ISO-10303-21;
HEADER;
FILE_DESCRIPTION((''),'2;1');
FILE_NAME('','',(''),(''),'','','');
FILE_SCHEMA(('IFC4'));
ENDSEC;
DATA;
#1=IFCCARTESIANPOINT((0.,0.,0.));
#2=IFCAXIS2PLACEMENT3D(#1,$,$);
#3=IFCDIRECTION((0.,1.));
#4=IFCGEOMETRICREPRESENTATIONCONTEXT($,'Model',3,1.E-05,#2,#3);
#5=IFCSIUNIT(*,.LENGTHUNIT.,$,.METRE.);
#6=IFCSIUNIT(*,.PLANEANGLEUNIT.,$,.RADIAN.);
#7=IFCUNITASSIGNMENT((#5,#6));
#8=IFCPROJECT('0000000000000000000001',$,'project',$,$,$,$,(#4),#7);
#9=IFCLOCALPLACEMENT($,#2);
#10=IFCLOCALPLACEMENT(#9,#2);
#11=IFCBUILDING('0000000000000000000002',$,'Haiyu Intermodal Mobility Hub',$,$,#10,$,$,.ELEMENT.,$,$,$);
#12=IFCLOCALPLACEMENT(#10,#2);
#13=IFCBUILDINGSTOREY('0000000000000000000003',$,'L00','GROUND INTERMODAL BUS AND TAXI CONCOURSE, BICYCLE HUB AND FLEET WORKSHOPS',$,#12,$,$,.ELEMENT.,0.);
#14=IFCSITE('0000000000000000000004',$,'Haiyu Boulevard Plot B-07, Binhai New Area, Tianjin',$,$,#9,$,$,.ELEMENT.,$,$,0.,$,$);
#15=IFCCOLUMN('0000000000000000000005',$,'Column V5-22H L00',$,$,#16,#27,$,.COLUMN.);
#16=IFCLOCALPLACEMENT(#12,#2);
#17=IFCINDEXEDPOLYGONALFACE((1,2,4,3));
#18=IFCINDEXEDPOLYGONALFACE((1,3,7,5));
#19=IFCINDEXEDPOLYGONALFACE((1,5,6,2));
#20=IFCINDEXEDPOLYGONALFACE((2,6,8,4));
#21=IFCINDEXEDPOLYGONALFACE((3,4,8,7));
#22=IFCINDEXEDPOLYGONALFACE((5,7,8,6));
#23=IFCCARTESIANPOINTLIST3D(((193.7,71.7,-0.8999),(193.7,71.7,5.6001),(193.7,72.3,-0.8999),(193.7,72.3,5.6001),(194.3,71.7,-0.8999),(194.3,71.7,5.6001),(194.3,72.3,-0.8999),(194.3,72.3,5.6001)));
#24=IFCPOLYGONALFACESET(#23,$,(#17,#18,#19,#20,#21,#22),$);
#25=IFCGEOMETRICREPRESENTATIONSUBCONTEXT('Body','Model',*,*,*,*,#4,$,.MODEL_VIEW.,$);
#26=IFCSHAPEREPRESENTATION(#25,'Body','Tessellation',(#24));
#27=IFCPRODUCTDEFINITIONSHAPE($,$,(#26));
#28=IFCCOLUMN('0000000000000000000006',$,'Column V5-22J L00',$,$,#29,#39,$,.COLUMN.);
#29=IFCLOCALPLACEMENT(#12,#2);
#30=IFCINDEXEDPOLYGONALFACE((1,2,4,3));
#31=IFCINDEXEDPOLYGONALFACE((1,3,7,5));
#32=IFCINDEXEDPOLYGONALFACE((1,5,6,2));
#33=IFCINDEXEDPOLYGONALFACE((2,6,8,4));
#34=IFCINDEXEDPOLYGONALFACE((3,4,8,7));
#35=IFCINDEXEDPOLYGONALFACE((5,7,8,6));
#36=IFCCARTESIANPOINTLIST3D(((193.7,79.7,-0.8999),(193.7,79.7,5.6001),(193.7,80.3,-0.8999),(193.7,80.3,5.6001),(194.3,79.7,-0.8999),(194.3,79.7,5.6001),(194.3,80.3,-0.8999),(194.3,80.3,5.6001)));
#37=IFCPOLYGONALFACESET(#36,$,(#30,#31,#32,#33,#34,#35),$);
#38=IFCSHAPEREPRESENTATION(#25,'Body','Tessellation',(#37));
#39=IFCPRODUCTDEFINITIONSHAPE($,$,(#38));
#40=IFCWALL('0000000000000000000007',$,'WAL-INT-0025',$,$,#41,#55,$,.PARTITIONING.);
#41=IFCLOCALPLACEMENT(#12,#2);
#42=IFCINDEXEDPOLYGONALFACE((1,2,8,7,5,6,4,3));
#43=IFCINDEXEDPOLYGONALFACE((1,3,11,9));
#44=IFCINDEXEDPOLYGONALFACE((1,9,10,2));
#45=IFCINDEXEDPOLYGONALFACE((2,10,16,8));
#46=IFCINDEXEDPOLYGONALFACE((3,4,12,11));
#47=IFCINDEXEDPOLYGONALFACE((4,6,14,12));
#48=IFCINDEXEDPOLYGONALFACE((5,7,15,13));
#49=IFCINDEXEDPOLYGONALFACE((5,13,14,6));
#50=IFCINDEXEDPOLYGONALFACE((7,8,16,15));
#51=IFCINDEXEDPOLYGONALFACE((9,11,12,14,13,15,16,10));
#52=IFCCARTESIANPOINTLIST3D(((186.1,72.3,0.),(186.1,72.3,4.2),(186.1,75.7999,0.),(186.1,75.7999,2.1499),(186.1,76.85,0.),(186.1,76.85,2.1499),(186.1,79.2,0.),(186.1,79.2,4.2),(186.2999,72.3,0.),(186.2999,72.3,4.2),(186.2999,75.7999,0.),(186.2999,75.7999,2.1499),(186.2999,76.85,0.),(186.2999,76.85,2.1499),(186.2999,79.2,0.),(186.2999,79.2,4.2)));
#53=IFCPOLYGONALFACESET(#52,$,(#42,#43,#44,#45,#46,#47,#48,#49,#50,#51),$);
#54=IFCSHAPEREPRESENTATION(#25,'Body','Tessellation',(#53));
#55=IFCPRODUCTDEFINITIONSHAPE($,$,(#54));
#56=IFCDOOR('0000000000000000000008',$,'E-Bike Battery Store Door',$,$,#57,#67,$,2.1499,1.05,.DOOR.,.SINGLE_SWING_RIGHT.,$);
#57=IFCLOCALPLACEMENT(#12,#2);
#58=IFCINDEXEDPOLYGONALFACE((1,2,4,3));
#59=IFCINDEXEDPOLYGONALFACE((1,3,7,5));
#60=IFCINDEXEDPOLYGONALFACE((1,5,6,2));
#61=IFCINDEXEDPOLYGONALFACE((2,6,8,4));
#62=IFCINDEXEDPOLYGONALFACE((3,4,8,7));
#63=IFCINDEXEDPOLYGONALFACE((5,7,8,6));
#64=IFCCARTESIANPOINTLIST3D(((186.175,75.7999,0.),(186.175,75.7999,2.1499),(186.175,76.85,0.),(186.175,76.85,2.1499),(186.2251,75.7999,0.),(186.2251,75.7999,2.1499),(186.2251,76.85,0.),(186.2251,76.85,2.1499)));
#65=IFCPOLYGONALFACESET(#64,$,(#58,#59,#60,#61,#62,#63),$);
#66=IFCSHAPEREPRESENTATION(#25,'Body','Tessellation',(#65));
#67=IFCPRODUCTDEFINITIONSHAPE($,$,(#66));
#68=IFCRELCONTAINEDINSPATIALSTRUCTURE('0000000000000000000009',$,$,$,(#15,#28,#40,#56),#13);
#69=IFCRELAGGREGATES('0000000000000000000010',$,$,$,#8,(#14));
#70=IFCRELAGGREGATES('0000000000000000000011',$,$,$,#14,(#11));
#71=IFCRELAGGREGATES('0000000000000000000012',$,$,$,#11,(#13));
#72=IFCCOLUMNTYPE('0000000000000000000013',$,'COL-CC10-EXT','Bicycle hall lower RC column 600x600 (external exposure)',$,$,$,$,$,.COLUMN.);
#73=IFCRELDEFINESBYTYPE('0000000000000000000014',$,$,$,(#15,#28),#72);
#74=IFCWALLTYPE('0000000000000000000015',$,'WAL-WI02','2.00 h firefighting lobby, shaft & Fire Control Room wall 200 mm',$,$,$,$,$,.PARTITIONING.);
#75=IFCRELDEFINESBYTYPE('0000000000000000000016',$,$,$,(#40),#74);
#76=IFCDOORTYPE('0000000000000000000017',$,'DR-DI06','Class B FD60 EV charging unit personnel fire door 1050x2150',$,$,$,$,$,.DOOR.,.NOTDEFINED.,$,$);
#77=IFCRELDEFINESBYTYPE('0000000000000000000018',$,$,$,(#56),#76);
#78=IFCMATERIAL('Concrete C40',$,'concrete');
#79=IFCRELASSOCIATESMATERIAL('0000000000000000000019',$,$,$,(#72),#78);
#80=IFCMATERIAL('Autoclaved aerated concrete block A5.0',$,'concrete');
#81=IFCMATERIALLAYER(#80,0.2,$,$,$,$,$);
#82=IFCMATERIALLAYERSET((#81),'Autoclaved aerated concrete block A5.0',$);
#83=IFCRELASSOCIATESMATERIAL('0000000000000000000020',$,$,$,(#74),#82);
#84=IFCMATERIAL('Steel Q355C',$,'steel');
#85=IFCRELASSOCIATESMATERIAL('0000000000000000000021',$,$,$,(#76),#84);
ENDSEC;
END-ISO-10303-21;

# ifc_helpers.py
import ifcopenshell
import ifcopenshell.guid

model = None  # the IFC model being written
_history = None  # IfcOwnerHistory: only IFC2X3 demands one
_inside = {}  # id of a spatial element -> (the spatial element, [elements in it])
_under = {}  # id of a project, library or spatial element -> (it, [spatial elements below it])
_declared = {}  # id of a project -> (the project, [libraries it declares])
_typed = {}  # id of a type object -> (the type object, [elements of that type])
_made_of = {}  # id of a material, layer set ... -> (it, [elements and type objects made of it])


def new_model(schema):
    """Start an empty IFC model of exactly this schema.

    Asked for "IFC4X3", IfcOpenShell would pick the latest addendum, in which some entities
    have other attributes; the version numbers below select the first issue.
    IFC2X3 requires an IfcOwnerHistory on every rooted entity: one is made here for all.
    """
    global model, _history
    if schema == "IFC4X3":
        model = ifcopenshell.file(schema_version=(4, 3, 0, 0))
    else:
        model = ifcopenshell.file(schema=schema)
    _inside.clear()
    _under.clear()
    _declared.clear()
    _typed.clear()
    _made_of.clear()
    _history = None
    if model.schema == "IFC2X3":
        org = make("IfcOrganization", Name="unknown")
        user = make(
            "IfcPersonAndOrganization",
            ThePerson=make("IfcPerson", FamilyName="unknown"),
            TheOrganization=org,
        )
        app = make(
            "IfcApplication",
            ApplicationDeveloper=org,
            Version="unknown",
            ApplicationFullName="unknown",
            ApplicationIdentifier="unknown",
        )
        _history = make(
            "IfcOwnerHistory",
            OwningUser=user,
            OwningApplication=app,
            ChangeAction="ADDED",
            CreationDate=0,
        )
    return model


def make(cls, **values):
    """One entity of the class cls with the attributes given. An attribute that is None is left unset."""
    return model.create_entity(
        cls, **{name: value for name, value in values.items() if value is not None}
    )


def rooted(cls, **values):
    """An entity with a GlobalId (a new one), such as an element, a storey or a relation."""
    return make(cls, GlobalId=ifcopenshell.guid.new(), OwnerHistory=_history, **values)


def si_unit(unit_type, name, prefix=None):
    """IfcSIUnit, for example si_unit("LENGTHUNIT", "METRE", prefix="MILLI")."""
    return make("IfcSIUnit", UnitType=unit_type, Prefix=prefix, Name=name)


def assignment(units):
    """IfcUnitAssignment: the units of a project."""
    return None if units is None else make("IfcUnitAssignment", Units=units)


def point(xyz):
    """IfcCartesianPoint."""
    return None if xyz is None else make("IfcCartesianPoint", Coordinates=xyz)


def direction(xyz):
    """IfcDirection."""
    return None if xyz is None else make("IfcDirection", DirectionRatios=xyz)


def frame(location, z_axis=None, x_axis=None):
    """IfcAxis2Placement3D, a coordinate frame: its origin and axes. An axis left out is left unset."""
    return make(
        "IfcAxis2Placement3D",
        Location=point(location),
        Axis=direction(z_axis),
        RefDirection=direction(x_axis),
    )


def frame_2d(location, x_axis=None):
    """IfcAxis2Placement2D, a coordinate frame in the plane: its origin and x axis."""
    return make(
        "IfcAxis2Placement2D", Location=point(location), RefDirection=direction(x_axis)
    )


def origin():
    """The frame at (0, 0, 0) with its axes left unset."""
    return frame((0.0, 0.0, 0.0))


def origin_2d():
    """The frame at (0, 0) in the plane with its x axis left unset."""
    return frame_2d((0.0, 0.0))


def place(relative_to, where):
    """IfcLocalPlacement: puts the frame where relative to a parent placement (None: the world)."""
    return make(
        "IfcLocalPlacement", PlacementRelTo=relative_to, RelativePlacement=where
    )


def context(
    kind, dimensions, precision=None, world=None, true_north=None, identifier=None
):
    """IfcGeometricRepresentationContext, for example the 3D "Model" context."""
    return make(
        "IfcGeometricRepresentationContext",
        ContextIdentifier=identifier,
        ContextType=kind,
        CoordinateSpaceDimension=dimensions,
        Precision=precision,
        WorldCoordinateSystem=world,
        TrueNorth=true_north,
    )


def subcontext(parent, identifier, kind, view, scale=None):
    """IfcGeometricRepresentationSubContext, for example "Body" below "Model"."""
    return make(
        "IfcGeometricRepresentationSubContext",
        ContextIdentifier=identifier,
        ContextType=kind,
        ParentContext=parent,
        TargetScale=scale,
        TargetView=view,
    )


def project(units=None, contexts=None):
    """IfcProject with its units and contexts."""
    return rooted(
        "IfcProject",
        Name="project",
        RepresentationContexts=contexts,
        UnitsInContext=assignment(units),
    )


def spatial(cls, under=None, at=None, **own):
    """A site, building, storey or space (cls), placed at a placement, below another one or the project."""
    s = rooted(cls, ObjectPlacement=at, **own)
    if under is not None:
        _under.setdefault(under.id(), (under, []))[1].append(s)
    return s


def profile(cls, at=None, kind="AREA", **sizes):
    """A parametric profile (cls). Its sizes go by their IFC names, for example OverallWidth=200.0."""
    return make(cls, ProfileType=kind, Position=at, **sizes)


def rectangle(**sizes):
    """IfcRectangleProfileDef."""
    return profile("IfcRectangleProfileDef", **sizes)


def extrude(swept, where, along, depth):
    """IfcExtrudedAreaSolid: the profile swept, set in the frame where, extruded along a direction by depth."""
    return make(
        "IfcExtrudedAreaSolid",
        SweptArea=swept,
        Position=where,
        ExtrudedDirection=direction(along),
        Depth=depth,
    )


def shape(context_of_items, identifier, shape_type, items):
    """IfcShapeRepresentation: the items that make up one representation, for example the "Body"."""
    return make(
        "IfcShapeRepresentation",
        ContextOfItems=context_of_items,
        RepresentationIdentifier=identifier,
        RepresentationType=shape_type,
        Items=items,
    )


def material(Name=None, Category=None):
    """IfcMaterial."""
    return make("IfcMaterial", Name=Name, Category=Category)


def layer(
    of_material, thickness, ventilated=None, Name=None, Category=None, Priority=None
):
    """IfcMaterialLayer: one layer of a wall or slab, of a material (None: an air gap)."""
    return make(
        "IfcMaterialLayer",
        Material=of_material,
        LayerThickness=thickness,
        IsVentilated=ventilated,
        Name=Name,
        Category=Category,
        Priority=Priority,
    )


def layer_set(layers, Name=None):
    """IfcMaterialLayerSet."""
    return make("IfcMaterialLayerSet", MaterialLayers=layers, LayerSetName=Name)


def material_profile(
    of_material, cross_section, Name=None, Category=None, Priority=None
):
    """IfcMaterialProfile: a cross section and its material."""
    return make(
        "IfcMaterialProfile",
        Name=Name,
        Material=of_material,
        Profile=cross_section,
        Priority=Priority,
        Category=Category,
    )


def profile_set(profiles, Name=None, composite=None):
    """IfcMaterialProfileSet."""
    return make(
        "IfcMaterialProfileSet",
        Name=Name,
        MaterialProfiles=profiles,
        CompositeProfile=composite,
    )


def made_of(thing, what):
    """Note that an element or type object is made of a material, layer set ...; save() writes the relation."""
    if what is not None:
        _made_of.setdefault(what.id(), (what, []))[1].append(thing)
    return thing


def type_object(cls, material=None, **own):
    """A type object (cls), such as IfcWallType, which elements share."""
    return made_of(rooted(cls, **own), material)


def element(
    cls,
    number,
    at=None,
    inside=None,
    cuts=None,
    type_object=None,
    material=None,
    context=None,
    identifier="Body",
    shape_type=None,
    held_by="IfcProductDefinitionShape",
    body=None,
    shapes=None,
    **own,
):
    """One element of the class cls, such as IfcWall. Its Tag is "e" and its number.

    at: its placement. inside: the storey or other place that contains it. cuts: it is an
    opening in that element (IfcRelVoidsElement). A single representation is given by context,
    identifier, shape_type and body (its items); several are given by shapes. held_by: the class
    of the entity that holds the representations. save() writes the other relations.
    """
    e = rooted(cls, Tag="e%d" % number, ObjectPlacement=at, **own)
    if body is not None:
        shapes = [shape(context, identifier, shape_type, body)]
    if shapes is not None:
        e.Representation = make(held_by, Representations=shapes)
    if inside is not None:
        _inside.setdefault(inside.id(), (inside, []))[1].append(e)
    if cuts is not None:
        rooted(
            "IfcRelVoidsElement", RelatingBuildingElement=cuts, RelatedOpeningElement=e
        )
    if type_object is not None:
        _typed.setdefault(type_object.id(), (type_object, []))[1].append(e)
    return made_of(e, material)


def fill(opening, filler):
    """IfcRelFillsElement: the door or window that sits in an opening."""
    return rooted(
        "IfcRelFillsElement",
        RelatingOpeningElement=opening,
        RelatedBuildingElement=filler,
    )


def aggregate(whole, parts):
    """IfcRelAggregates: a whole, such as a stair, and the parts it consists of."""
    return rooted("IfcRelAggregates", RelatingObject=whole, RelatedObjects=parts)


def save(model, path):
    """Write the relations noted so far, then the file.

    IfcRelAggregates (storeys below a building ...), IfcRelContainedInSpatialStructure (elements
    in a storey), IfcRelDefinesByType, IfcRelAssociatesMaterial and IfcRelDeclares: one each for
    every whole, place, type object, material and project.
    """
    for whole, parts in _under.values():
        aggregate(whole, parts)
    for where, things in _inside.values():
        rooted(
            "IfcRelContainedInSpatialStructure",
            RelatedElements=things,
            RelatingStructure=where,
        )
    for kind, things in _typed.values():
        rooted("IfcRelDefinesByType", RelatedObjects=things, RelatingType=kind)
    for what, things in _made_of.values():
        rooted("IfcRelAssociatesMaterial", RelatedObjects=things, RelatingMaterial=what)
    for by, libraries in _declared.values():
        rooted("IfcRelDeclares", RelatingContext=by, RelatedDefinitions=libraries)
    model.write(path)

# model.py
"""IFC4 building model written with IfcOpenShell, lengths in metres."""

from ifc_helpers import new_model, si_unit, direction, frame, frame_2d, origin, origin_2d, place, context, subcontext, project, spatial, rectangle, extrude, material, layer, layer_set, material_profile, profile_set, type_object, element, fill, save


model = new_model("IFC4")

# Units and contexts
model_context = context("Model", 3, precision=1e-05, world=origin(), true_north=direction((0.0, 1.0)))
body_context = subcontext(model_context, "Body", "Model", "MODEL_VIEW")
ifc_project = project(units=[si_unit("LENGTHUNIT", "METRE"), si_unit("PLANEANGLEUNIT", "RADIAN")], contexts=[model_context])

# Site, building, storey
site_placement = place(None, origin())
site = spatial("IfcSite", under=ifc_project, at=site_placement, Name="Haiyu Boulevard Plot B-07, Binhai New Area, Tianjin", CompositionType="ELEMENT", RefElevation=0.0)
building_placement = place(site_placement, origin())
building = spatial("IfcBuilding", under=site, at=building_placement, Name="Haiyu Intermodal Mobility Hub", CompositionType="ELEMENT")
storey_placement = place(building_placement, origin())
storey = spatial("IfcBuildingStorey", under=building, at=storey_placement, Name="L00", Description="GROUND INTERMODAL BUS AND TAXI CONCOURSE, BICYCLE HUB AND FLEET WORKSHOPS", CompositionType="ELEMENT", Elevation=0.0)

# Shared definitions
ifc_material_1 = material(Name="Concrete C40", Category="concrete")

# Columns
ifc_material_profile_1 = material_profile(ifc_material_1, rectangle(XDim=0.6001, YDim=0.6001, at=origin_2d()), Name="RC600x600")
ifc_profile_set_1 = profile_set([ifc_material_profile_1], Name="Concrete C40")
column_type_1 = type_object("IfcColumnType", Name="COL-CC10-EXT", Description="Bicycle hall lower RC column 600x600 (external exposure)", PredefinedType="COLUMN", material=ifc_profile_set_1)
for number, where, z_axis, x_axis, name in (
    (1, (194.0, 72.0, -0.8999), (0.0, 0.0, 1.0), (1.0, 0.0, 0.0), "Column V5-22H L00"),
    (2, (194.0, 80.0, -0.8999), (0.0, 0.0, 1.0), (1.0, 0.0, 0.0), "Column V5-22J L00"),
):
    element("IfcColumn", number, at=place(storey_placement, frame(where, z_axis=z_axis, x_axis=x_axis)), inside=storey, type_object=column_type_1, Name=name, PredefinedType="COLUMN", context=body_context, shape_type="SweptSolid", body=[
        extrude(rectangle(XDim=0.6001, YDim=0.6001, at=origin_2d()), origin(), (0.0, 0.0, 1.0), 6.5),
    ])

# Wall, opening, door
ifc_material_2 = material(Name="Autoclaved aerated concrete block A5.0", Category="concrete")
ifc_layer_1 = layer(ifc_material_2, 0.2)
ifc_layer_set_1 = layer_set([ifc_layer_1], Name="Autoclaved aerated concrete block A5.0")
wall_type = type_object("IfcWallType", Name="WAL-WI02", Description="2.00 h firefighting lobby, shaft & Fire Control Room wall 200 mm", PredefinedType="PARTITIONING", material=ifc_layer_set_1)
wall_placement = place(storey_placement, frame((186.2, 72.3, 0.0), z_axis=(0.0, 0.0, 1.0), x_axis=(0.0, 1.0, 0.0)))
wall = element("IfcWall", 3, at=wall_placement, inside=storey, type_object=wall_type, Name="WAL-INT-0025", PredefinedType="PARTITIONING", context=body_context, shape_type="SweptSolid", body=[
    extrude(rectangle(XDim=6.8999, YDim=0.2, at=frame_2d((3.45, 0.0))), origin(), (0.0, 0.0, 1.0), 4.2),
])
opening_placement = place(wall_placement, frame((3.5, 0.0, 0.0)))
opening = element("IfcOpeningElement", 4, at=opening_placement, cuts=wall, PredefinedType="OPENING", context=body_context, shape_type="SweptSolid", body=[
    extrude(rectangle(XDim=1.05, YDim=2.1499, at=frame_2d((0.5249, 1.075))), frame((0.0, 0.1099, 0.0), z_axis=(0.0, -1.0, 0.0), x_axis=(1.0, 0.0, 0.0)), (0.0, 0.0, 1.0), 0.22),
])
ifc_material_3 = material(Name="Steel Q355C", Category="steel")
door_type = type_object("IfcDoorType", Name="DR-DI06", Description="Class B FD60 EV charging unit personnel fire door 1050x2150", OperationType="NOTDEFINED", PredefinedType="DOOR", material=ifc_material_3)
door_placement = place(opening_placement, origin())
door = element("IfcDoor", 5, at=door_placement, inside=storey, type_object=door_type, Name="E-Bike Battery Store Door", OperationType="SINGLE_SWING_RIGHT", OverallHeight=2.1499, OverallWidth=1.05, PredefinedType="DOOR", context=body_context, shape_type="SweptSolid", body=[
    extrude(rectangle(XDim=1.05, YDim=2.1499, at=frame_2d((0.5249, 1.075))), frame((0.0, 0.0249, 0.0), z_axis=(0.0, -1.0, 0.0), x_axis=(1.0, 0.0, 0.0)), (0.0, 0.0, 1.0), 0.05),
])
fill(opening, door)

save(model, "model.ifc")
